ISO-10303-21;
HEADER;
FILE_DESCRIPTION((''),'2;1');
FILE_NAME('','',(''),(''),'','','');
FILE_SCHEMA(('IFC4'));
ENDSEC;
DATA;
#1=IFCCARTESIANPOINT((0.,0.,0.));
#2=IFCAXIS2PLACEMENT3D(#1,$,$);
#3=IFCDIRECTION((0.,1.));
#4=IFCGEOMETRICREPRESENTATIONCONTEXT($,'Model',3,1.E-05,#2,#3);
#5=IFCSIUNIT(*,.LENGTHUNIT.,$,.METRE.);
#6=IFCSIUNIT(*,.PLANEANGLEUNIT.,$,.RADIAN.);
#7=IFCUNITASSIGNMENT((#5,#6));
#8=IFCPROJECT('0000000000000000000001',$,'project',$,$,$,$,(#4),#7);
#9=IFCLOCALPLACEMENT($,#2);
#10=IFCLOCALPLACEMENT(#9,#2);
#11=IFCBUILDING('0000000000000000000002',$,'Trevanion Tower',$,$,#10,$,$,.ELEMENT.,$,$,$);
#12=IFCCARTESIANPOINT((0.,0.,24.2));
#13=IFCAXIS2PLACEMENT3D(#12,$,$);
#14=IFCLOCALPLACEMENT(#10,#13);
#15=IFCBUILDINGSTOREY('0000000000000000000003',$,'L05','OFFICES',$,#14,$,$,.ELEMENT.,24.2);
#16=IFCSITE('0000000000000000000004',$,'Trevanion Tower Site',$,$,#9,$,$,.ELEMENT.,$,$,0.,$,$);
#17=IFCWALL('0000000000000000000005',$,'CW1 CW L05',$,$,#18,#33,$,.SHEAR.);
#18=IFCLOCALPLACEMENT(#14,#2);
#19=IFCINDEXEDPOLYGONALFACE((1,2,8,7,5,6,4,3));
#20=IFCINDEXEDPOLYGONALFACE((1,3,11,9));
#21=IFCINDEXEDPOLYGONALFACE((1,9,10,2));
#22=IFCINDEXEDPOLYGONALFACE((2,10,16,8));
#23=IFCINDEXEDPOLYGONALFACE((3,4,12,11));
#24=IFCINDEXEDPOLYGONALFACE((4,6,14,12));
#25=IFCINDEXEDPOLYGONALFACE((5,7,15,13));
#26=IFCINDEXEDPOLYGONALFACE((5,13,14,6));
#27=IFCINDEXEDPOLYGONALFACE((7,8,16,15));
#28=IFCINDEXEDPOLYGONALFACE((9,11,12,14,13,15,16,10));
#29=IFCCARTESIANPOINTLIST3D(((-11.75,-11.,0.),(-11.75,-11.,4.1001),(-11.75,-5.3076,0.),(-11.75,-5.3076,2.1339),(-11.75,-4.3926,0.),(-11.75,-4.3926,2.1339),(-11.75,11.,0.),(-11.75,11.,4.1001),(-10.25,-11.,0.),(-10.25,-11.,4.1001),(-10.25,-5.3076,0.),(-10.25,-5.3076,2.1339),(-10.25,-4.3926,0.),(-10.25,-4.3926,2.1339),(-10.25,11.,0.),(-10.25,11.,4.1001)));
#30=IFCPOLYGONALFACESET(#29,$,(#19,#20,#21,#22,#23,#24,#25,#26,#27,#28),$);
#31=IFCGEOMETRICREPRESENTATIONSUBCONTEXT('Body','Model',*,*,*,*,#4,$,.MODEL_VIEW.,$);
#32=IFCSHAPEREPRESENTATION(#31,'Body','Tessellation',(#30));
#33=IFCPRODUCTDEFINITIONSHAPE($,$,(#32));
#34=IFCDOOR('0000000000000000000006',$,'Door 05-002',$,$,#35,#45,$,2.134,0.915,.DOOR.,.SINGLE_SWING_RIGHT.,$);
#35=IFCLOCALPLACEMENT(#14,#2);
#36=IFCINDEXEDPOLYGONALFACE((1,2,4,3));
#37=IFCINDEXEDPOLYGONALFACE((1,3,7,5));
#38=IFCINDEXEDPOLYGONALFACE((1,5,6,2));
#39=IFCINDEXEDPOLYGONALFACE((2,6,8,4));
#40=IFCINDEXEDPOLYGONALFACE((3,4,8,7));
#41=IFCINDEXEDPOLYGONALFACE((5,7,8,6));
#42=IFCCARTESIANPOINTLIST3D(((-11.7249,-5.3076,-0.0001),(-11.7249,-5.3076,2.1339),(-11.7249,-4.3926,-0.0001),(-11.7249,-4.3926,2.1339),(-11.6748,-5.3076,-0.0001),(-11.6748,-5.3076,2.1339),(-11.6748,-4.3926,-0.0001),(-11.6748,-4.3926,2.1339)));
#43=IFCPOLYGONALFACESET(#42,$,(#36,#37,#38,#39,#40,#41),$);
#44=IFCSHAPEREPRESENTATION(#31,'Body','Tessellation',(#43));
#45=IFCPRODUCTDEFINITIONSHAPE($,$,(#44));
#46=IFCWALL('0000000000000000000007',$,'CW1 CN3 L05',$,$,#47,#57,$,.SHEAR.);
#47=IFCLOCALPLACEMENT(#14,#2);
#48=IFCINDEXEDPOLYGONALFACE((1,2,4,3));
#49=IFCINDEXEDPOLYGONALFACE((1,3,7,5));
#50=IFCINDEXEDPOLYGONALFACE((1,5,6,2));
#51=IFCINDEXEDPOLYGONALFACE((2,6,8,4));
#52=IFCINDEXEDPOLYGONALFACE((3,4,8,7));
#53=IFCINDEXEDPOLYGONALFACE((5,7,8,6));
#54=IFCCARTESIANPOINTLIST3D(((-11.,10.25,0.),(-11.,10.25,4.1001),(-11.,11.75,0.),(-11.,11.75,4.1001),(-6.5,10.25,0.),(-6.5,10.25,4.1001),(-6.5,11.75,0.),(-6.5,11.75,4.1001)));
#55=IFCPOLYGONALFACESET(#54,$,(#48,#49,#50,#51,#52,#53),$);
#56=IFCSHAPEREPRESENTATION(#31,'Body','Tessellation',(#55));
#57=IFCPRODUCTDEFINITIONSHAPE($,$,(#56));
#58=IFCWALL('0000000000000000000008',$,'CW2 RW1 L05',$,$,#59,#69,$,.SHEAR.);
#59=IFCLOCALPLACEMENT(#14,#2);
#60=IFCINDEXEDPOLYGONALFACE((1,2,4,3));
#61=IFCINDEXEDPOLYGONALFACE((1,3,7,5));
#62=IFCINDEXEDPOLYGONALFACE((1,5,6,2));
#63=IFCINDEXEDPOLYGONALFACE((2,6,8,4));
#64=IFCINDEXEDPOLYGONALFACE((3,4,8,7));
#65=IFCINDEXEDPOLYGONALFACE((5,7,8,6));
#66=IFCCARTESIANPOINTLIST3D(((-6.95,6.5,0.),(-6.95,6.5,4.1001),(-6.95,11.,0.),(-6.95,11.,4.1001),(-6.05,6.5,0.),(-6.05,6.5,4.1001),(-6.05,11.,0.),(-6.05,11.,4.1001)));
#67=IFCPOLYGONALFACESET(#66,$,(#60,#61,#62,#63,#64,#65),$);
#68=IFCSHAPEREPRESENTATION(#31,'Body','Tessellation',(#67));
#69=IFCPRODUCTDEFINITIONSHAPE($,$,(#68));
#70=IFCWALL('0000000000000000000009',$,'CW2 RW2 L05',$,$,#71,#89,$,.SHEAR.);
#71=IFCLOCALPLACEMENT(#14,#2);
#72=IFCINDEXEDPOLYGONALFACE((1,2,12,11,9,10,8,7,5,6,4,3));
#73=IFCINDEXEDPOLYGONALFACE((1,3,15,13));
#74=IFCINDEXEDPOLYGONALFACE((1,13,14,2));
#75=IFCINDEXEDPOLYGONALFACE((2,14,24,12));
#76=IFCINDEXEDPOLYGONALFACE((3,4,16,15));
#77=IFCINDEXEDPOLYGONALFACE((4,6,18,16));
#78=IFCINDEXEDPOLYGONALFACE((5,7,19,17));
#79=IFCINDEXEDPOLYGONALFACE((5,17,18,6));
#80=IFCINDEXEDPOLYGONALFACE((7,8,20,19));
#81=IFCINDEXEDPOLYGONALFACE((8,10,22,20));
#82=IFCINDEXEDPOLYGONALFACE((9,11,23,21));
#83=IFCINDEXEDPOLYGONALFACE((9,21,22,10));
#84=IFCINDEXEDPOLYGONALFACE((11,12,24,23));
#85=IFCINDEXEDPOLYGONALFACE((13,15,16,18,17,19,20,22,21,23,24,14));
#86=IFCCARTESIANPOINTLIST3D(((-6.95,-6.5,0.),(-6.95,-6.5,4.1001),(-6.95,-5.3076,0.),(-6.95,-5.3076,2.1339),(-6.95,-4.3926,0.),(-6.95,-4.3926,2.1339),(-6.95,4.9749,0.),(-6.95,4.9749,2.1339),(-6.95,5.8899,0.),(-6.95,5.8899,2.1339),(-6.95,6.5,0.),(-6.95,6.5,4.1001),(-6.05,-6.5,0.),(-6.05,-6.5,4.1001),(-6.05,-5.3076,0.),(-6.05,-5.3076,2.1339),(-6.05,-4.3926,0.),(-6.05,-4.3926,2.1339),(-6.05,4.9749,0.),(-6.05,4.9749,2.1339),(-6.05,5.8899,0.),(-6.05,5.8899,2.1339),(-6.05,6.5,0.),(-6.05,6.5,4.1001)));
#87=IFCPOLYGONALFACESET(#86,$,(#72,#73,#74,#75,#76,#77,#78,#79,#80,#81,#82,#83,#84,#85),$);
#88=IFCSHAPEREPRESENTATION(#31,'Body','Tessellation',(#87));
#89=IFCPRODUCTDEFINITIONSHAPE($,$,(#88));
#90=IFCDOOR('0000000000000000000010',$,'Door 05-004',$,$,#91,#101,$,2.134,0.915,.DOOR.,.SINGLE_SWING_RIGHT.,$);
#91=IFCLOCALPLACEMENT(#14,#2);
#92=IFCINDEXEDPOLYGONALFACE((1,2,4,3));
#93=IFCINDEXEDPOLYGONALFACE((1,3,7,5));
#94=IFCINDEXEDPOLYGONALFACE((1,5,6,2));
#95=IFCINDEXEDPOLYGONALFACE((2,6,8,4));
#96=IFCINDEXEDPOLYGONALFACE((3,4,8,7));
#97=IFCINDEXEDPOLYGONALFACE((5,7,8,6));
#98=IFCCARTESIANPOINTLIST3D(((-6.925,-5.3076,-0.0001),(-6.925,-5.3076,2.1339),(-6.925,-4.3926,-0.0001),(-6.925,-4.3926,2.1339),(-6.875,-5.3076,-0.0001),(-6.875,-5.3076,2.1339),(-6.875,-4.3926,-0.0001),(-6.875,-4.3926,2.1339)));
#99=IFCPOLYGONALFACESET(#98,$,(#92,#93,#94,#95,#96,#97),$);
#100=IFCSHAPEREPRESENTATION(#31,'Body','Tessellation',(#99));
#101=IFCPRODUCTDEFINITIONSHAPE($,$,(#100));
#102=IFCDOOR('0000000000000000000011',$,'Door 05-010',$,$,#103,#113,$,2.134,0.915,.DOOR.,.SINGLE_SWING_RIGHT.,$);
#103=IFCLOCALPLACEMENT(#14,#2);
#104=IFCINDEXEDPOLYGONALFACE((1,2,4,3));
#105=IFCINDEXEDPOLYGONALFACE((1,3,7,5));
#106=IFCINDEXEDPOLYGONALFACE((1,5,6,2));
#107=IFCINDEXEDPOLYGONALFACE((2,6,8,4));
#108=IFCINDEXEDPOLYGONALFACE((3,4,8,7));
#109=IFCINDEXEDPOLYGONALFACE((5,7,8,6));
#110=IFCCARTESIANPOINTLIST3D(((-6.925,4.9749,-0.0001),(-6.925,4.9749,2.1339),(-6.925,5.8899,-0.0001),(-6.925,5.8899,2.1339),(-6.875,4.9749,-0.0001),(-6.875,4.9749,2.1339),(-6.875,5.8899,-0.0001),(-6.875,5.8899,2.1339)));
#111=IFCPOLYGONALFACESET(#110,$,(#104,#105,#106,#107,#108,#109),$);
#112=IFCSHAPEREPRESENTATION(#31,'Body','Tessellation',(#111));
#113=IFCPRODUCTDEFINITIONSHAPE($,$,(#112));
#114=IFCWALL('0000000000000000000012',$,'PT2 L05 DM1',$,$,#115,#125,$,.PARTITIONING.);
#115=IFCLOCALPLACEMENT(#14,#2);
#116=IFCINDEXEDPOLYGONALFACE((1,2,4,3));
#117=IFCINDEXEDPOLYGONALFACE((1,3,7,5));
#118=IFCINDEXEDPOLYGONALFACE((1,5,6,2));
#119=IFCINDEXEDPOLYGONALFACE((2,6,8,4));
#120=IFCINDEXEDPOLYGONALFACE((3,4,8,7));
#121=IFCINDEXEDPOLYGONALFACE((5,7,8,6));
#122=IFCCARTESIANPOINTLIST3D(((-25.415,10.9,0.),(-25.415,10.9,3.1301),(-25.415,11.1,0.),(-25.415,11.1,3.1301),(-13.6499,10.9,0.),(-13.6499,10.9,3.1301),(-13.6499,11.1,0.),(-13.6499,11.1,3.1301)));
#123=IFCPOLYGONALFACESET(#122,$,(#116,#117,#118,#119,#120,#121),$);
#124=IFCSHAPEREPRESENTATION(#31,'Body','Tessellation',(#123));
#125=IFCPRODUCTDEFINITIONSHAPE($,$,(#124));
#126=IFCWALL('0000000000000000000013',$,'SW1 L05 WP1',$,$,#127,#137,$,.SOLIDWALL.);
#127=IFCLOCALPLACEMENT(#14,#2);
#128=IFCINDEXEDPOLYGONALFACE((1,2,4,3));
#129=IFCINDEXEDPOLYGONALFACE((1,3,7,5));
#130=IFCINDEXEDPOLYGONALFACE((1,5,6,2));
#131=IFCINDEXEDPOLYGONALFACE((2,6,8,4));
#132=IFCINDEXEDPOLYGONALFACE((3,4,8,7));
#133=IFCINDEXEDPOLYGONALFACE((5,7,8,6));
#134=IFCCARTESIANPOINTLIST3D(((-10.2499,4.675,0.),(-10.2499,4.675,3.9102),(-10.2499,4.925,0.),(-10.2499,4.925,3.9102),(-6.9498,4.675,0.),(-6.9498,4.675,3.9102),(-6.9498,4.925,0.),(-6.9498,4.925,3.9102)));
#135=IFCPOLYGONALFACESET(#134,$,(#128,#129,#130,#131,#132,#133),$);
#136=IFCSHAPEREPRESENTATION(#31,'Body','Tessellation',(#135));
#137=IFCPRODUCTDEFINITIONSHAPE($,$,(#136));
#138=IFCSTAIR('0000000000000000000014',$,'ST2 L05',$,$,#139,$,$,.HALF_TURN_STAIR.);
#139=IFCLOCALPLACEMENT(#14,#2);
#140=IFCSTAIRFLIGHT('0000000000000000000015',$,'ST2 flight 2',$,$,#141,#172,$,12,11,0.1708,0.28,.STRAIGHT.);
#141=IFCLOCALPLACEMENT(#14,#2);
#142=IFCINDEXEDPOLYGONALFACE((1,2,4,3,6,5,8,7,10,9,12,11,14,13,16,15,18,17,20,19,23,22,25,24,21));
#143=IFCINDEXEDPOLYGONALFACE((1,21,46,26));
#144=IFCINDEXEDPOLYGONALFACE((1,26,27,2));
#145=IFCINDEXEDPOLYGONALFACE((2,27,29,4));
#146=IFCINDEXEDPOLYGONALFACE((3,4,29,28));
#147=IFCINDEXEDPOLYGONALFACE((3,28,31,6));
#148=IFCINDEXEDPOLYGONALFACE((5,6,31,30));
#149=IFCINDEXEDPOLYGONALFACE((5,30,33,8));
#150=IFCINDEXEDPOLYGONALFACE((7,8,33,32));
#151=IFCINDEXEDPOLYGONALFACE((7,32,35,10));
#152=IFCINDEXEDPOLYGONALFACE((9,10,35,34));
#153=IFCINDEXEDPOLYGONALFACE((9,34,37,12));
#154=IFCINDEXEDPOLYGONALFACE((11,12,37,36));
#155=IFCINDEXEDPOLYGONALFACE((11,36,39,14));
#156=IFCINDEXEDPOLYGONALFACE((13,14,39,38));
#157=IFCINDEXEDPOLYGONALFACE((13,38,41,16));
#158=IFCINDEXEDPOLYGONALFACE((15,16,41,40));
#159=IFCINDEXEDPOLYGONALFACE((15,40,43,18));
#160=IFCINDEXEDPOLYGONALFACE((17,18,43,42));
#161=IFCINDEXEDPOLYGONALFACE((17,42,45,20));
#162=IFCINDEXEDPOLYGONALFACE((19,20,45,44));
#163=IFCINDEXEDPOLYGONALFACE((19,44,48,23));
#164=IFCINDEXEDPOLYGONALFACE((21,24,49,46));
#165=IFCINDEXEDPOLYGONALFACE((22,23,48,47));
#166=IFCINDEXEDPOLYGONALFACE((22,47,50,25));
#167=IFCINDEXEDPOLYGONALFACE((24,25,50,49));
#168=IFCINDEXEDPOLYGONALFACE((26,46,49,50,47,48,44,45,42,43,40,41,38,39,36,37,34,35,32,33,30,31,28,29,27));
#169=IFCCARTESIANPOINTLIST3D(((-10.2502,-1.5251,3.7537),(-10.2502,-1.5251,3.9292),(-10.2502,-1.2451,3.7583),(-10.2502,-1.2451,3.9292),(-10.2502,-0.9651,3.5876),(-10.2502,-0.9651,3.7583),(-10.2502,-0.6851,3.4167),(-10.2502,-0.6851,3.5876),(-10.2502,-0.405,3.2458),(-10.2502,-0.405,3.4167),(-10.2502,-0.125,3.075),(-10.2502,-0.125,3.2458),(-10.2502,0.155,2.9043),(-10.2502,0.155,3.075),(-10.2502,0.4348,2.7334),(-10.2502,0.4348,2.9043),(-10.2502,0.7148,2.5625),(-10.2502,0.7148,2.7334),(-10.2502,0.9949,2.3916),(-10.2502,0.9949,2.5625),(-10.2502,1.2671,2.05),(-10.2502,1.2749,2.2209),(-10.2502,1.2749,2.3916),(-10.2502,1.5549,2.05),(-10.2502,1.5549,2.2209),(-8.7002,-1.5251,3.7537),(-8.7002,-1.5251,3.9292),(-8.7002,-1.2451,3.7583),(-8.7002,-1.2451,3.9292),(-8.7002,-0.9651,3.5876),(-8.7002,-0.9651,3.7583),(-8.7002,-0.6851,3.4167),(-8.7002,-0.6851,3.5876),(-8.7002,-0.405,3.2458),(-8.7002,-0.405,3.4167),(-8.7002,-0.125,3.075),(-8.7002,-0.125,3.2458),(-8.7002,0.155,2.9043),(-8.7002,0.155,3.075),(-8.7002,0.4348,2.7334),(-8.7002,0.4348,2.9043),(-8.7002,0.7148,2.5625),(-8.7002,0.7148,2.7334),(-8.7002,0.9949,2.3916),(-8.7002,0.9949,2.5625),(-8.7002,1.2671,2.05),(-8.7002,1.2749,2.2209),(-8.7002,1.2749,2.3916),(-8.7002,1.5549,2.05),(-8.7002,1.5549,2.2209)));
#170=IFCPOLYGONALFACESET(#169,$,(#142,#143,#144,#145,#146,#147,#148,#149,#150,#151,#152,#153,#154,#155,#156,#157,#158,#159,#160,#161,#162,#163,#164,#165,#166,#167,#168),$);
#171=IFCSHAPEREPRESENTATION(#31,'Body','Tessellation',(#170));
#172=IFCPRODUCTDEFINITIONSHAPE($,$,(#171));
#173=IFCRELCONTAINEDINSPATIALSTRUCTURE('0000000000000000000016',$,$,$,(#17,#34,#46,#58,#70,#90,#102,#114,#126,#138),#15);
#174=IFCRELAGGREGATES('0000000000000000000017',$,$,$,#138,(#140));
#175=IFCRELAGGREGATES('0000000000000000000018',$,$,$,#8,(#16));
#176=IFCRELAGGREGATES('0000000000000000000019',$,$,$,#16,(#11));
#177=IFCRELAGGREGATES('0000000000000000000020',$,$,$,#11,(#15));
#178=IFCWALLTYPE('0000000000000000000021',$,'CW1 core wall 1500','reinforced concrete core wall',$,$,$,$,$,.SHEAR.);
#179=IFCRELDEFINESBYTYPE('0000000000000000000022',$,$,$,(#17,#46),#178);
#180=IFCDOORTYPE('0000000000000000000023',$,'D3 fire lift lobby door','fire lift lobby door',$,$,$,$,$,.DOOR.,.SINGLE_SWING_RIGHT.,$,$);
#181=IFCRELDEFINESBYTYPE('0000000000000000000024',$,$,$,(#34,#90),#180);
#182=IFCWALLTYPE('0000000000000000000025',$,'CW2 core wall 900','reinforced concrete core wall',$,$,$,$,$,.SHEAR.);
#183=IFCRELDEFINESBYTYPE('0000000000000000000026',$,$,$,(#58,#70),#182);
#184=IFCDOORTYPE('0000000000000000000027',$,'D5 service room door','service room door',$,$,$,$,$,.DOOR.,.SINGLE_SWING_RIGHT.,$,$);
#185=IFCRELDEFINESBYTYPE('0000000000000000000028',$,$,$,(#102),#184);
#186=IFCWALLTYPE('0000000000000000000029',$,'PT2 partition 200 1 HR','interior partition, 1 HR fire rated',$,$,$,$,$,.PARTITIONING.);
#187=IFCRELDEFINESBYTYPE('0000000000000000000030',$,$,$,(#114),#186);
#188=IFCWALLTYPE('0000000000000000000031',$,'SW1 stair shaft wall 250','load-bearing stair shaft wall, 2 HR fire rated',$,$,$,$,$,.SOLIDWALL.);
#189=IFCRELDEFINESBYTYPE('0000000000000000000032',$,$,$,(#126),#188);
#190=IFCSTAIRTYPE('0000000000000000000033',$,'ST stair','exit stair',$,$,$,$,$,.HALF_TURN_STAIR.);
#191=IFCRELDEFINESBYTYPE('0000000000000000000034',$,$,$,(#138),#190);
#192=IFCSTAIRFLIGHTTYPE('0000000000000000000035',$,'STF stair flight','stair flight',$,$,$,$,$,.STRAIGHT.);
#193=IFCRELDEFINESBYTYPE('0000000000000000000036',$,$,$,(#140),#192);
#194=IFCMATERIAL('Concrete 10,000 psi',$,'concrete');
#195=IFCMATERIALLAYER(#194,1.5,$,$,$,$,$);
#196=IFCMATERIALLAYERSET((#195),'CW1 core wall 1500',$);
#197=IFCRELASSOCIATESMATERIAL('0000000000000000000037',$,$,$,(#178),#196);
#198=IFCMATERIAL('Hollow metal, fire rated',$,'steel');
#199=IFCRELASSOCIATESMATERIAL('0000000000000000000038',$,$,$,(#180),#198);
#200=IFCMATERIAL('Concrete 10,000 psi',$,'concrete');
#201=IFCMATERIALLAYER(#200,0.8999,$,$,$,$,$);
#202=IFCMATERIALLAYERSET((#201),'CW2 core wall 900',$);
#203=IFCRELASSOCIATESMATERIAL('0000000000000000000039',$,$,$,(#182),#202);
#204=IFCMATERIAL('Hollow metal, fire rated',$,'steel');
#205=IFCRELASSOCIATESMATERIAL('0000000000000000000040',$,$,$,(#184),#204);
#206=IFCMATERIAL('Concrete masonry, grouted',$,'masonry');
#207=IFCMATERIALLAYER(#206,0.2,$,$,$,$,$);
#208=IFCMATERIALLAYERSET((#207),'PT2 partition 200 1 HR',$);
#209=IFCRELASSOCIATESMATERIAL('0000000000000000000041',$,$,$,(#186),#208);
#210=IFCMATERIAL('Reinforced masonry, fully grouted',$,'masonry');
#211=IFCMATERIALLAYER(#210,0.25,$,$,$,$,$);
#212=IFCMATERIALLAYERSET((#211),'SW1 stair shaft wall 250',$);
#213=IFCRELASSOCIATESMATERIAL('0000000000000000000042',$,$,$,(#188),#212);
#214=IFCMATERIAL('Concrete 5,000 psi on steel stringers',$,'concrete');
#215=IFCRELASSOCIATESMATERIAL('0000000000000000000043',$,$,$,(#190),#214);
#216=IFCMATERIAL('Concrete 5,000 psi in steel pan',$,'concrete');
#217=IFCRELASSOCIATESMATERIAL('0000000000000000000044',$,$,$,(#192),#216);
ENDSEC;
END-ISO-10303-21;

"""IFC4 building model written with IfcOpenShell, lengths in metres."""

from ifc_helpers import new_model, si_unit, direction, frame, frame_2d, origin, place, context, subcontext, project, spatial, polyline, rectangle, outline, extrude, material, layer, layer_set, type_object, element, fill, aggregate, save


model = new_model("IFC4")

# Units and contexts
model_context = context("Model", 3, precision=1e-05, world=origin(), true_north=direction((0.0, 1.0)))
body_context = subcontext(model_context, "Body", "Model", "MODEL_VIEW")
ifc_project = project(units=[si_unit("LENGTHUNIT", "METRE"), si_unit("PLANEANGLEUNIT", "RADIAN")], contexts=[model_context])

# Site, building, storey
site_placement = place(None, origin())
site = spatial("IfcSite", under=ifc_project, at=site_placement, Name="Trevanion Tower Site", CompositionType="ELEMENT", RefElevation=0.0)
building_placement = place(site_placement, origin())
building = spatial("IfcBuilding", under=site, at=building_placement, Name="Trevanion Tower", CompositionType="ELEMENT")
storey_placement = place(building_placement, frame((0.0, 0.0, 24.2)))
storey = spatial("IfcBuildingStorey", under=building, at=storey_placement, Name="L05", Description="OFFICES", CompositionType="ELEMENT", Elevation=24.2)

# Wall, opening, door
ifc_material_1 = material(Name="Concrete 10,000 psi", Category="concrete")
ifc_layer_1 = layer(ifc_material_1, 1.5)
ifc_layer_set_1 = layer_set([ifc_layer_1], Name="CW1 core wall 1500")
wall_type_1 = type_object("IfcWallType", Name="CW1 core wall 1500", Description="reinforced concrete core wall", PredefinedType="SHEAR", material=ifc_layer_set_1)
wall_1_placement = place(storey_placement, frame((-11.0, 11.0, 0.0), z_axis=(0.0, 0.0, 1.0), x_axis=(0.0, -1.0, 0.0)))
wall_1 = element("IfcWall", 1, at=wall_1_placement, inside=storey, type_object=wall_type_1, Name="CW1 CW L05", PredefinedType="SHEAR", context=body_context, shape_type="SweptSolid", body=[
    extrude(rectangle(XDim=22.0, YDim=1.5, at=frame_2d((11.0, 0.0))), origin(), (0.0, 0.0, 1.0), 4.1001),
])
opening_1_placement = place(wall_1_placement, frame((15.3926, 0.0, 0.0)))
opening_1 = element("IfcOpeningElement", 2, at=opening_1_placement, cuts=wall_1, PredefinedType="OPENING", context=body_context, shape_type="SweptSolid", body=[
    extrude(rectangle(XDim=0.915, YDim=2.134, at=frame_2d((0.4575, 1.0669))), frame((0.0, 0.76, 0.0), z_axis=(0.0, -1.0, 0.0), x_axis=(1.0, 0.0, 0.0)), (0.0, 0.0, 1.0), 1.52),
])
ifc_material_2 = material(Name="Hollow metal, fire rated", Category="steel")
door_type_1 = type_object("IfcDoorType", Name="D3 fire lift lobby door", Description="fire lift lobby door", OperationType="SINGLE_SWING_RIGHT", PredefinedType="DOOR", material=ifc_material_2)
door_1_placement = place(opening_1_placement, origin())
door_1 = element("IfcDoor", 3, at=door_1_placement, inside=storey, type_object=door_type_1, Name="Door 05-002", OperationType="SINGLE_SWING_RIGHT", OverallHeight=2.134, OverallWidth=0.915, PredefinedType="DOOR", context=body_context, shape_type="SweptSolid", body=[
    extrude(rectangle(XDim=0.915, YDim=2.134, at=frame_2d((0.4575, 1.0669))), frame((0.0, -0.6748, 0.0), z_axis=(0.0, -1.0, 0.0), x_axis=(1.0, 0.0, 0.0)), (0.0, 0.0, 1.0), 0.05),
])
fill(opening_1, door_1)

# Walls
wall_2_placement = place(storey_placement, frame((-6.5, 11.0, 0.0), z_axis=(0.0, 0.0, 1.0), x_axis=(-1.0, 0.0, 0.0)))
element("IfcWall", 4, at=wall_2_placement, inside=storey, type_object=wall_type_1, Name="CW1 CN3 L05", PredefinedType="SHEAR", context=body_context, shape_type="SweptSolid", body=[
    extrude(rectangle(XDim=4.5, YDim=1.5, at=frame_2d((2.25, 0.0))), origin(), (0.0, 0.0, 1.0), 4.1001),
])
ifc_material_3 = material(Name="Concrete 10,000 psi", Category="concrete")
ifc_layer_2 = layer(ifc_material_3, 0.8999)
ifc_layer_set_2 = layer_set([ifc_layer_2], Name="CW2 core wall 900")
wall_type_2 = type_object("IfcWallType", Name="CW2 core wall 900", Description="reinforced concrete core wall", PredefinedType="SHEAR", material=ifc_layer_set_2)
wall_3_placement = place(storey_placement, frame((-6.5, 11.0, 0.0), z_axis=(0.0, 0.0, 1.0), x_axis=(0.0, -1.0, 0.0)))
element("IfcWall", 5, at=wall_3_placement, inside=storey, type_object=wall_type_2, Name="CW2 RW1 L05", PredefinedType="SHEAR", context=body_context, shape_type="SweptSolid", body=[
    extrude(rectangle(XDim=4.5, YDim=0.8999, at=frame_2d((2.25, 0.0))), origin(), (0.0, 0.0, 1.0), 4.1001),
])

# Wall, openings, doors
wall_4_placement = place(storey_placement, frame((-6.5, 6.5, 0.0), z_axis=(0.0, 0.0, 1.0), x_axis=(0.0, -1.0, 0.0)))
wall_4 = element("IfcWall", 6, at=wall_4_placement, inside=storey, type_object=wall_type_2, Name="CW2 RW2 L05", PredefinedType="SHEAR", context=body_context, shape_type="SweptSolid", body=[
    extrude(rectangle(XDim=13.0, YDim=0.8999, at=frame_2d((6.5, 0.0))), origin(), (0.0, 0.0, 1.0), 4.1001),
])
opening_2_placement = place(wall_4_placement, frame((10.8926, 0.0, 0.0)))
opening_2 = element("IfcOpeningElement", 7, at=opening_2_placement, cuts=wall_4, PredefinedType="OPENING", context=body_context, shape_type="SweptSolid", body=[
    extrude(rectangle(XDim=0.915, YDim=2.134, at=frame_2d((0.4575, 1.0669))), frame((0.0, 0.46, 0.0), z_axis=(0.0, -1.0, 0.0), x_axis=(1.0, 0.0, 0.0)), (0.0, 0.0, 1.0), 0.9199),
])
opening_3_placement = place(wall_4_placement, frame((0.6101, 0.0, 0.0)))
opening_3 = element("IfcOpeningElement", 8, at=opening_3_placement, cuts=wall_4, PredefinedType="OPENING", context=body_context, shape_type="SweptSolid", body=[
    extrude(rectangle(XDim=0.915, YDim=2.134, at=frame_2d((0.4575, 1.0669))), frame((0.0, 0.46, 0.0), z_axis=(0.0, -1.0, 0.0), x_axis=(1.0, 0.0, 0.0)), (0.0, 0.0, 1.0), 0.9199),
])
door_2_placement = place(opening_2_placement, origin())
door_2 = element("IfcDoor", 9, at=door_2_placement, inside=storey, type_object=door_type_1, Name="Door 05-004", OperationType="SINGLE_SWING_RIGHT", OverallHeight=2.134, OverallWidth=0.915, PredefinedType="DOOR", context=body_context, shape_type="SweptSolid", body=[
    extrude(rectangle(XDim=0.915, YDim=2.134, at=frame_2d((0.4575, 1.0669))), frame((0.0, -0.375, 0.0), z_axis=(0.0, -1.0, 0.0), x_axis=(1.0, 0.0, 0.0)), (0.0, 0.0, 1.0), 0.05),
])
fill(opening_2, door_2)
ifc_material_4 = material(Name="Hollow metal, fire rated", Category="steel")
door_type_2 = type_object("IfcDoorType", Name="D5 service room door", Description="service room door", OperationType="SINGLE_SWING_RIGHT", PredefinedType="DOOR", material=ifc_material_4)
door_3_placement = place(opening_3_placement, origin())
door_3 = element("IfcDoor", 10, at=door_3_placement, inside=storey, type_object=door_type_2, Name="Door 05-010", OperationType="SINGLE_SWING_RIGHT", OverallHeight=2.134, OverallWidth=0.915, PredefinedType="DOOR", context=body_context, shape_type="SweptSolid", body=[
    extrude(rectangle(XDim=0.915, YDim=2.134, at=frame_2d((0.4575, 1.0669))), frame((0.0, -0.375, 0.0), z_axis=(0.0, -1.0, 0.0), x_axis=(1.0, 0.0, 0.0)), (0.0, 0.0, 1.0), 0.05),
])
fill(opening_3, door_3)

# Walls
ifc_material_5 = material(Name="Concrete masonry, grouted", Category="masonry")
ifc_layer_3 = layer(ifc_material_5, 0.2)
ifc_layer_set_3 = layer_set([ifc_layer_3], Name="PT2 partition 200 1 HR")
wall_type_3 = type_object("IfcWallType", Name="PT2 partition 200 1 HR", Description="interior partition, 1 HR fire rated", PredefinedType="PARTITIONING", material=ifc_layer_set_3)
wall_5_placement = place(storey_placement, frame((-13.6499, 11.0, 0.0), z_axis=(0.0, 0.0, 1.0), x_axis=(-1.0, 0.0, 0.0)))
element("IfcWall", 11, at=wall_5_placement, inside=storey, type_object=wall_type_3, Name="PT2 L05 DM1", PredefinedType="PARTITIONING", context=body_context, shape_type="SweptSolid", body=[
    extrude(rectangle(XDim=11.7651, YDim=0.2, at=frame_2d((5.8826, 0.0))), origin(), (0.0, 0.0, 1.0), 3.1301),
])
ifc_material_6 = material(Name="Reinforced masonry, fully grouted", Category="masonry")
ifc_layer_4 = layer(ifc_material_6, 0.25)
ifc_layer_set_4 = layer_set([ifc_layer_4], Name="SW1 stair shaft wall 250")
wall_type_4 = type_object("IfcWallType", Name="SW1 stair shaft wall 250", Description="load-bearing stair shaft wall, 2 HR fire rated", PredefinedType="SOLIDWALL", material=ifc_layer_set_4)
wall_6_placement = place(storey_placement, frame((-6.95, 4.8, 0.0), z_axis=(0.0, 0.0, 1.0), x_axis=(-1.0, 0.0, 0.0)))
element("IfcWall", 12, at=wall_6_placement, inside=storey, type_object=wall_type_4, Name="SW1 L05 WP1", PredefinedType="SOLIDWALL", context=body_context, shape_type="SweptSolid", body=[
    extrude(rectangle(XDim=3.3, YDim=0.25, at=frame_2d((1.6499, 0.0))), origin(), (0.0, 0.0, 1.0), 3.9102),
])

# Stair, stair flight
ifc_material_7 = material(Name="Concrete 5,000 psi on steel stringers", Category="concrete")
stair_type = type_object("IfcStairType", Name="ST stair", Description="exit stair", PredefinedType="HALF_TURN_STAIR", material=ifc_material_7)
stair_placement = place(storey_placement, origin())
stair = element("IfcStair", 13, at=stair_placement, inside=storey, type_object=stair_type, Name="ST2 L05", PredefinedType="HALF_TURN_STAIR")
ifc_material_8 = material(Name="Concrete 5,000 psi in steel pan", Category="concrete")
stair_flight_type = type_object("IfcStairFlightType", Name="STF stair flight", Description="stair flight", PredefinedType="STRAIGHT", material=ifc_material_8)
stair_flight_placement = place(storey_placement, frame((-9.4751, 1.5549, 2.05), z_axis=(0.0, 0.0, 1.0), x_axis=(0.0, -1.0, 0.0)))
stair_flight = element("IfcStairFlight", 14, at=stair_flight_placement, type_object=stair_flight_type, Name="ST2 flight 2", NumberOfRisers=12, NumberOfTreads=11, PredefinedType="STRAIGHT", RiserHeight=0.1708, TreadLength=0.28, context=body_context, shape_type="SweptSolid", body=[
    extrude(outline(polyline([(0.0, 0.0), (0.0, 0.1709), (0.28, 0.1709), (0.28, 0.3416), (0.5601, 0.3416), (0.5601, 0.5125), (0.8401, 0.5125), (0.8401, 0.6833), (1.1201, 0.6833), (1.1201, 0.8542), (1.3999, 0.8542), (1.3999, 1.0249), (1.6799, 1.0249), (1.6799, 1.1958), (1.96, 1.1958), (1.96, 1.3667), (2.24, 1.3667), (2.24, 1.5376), (2.52, 1.5376), (2.52, 1.7083), (2.8, 1.7083), (2.8, 1.8792), (3.0801, 1.8792), (3.0801, 2.05), (3.0801, 1.7036), (0.2878, 0.0), (0.0, 0.0)])), frame((0.0, 0.7749, 0.0), z_axis=(0.0, -1.0, 0.0), x_axis=(1.0, 0.0, 0.0)), (0.0, 0.0, 1.0), 1.55),
])
aggregate(stair, [stair_flight])

save(model, "model.ifc")
